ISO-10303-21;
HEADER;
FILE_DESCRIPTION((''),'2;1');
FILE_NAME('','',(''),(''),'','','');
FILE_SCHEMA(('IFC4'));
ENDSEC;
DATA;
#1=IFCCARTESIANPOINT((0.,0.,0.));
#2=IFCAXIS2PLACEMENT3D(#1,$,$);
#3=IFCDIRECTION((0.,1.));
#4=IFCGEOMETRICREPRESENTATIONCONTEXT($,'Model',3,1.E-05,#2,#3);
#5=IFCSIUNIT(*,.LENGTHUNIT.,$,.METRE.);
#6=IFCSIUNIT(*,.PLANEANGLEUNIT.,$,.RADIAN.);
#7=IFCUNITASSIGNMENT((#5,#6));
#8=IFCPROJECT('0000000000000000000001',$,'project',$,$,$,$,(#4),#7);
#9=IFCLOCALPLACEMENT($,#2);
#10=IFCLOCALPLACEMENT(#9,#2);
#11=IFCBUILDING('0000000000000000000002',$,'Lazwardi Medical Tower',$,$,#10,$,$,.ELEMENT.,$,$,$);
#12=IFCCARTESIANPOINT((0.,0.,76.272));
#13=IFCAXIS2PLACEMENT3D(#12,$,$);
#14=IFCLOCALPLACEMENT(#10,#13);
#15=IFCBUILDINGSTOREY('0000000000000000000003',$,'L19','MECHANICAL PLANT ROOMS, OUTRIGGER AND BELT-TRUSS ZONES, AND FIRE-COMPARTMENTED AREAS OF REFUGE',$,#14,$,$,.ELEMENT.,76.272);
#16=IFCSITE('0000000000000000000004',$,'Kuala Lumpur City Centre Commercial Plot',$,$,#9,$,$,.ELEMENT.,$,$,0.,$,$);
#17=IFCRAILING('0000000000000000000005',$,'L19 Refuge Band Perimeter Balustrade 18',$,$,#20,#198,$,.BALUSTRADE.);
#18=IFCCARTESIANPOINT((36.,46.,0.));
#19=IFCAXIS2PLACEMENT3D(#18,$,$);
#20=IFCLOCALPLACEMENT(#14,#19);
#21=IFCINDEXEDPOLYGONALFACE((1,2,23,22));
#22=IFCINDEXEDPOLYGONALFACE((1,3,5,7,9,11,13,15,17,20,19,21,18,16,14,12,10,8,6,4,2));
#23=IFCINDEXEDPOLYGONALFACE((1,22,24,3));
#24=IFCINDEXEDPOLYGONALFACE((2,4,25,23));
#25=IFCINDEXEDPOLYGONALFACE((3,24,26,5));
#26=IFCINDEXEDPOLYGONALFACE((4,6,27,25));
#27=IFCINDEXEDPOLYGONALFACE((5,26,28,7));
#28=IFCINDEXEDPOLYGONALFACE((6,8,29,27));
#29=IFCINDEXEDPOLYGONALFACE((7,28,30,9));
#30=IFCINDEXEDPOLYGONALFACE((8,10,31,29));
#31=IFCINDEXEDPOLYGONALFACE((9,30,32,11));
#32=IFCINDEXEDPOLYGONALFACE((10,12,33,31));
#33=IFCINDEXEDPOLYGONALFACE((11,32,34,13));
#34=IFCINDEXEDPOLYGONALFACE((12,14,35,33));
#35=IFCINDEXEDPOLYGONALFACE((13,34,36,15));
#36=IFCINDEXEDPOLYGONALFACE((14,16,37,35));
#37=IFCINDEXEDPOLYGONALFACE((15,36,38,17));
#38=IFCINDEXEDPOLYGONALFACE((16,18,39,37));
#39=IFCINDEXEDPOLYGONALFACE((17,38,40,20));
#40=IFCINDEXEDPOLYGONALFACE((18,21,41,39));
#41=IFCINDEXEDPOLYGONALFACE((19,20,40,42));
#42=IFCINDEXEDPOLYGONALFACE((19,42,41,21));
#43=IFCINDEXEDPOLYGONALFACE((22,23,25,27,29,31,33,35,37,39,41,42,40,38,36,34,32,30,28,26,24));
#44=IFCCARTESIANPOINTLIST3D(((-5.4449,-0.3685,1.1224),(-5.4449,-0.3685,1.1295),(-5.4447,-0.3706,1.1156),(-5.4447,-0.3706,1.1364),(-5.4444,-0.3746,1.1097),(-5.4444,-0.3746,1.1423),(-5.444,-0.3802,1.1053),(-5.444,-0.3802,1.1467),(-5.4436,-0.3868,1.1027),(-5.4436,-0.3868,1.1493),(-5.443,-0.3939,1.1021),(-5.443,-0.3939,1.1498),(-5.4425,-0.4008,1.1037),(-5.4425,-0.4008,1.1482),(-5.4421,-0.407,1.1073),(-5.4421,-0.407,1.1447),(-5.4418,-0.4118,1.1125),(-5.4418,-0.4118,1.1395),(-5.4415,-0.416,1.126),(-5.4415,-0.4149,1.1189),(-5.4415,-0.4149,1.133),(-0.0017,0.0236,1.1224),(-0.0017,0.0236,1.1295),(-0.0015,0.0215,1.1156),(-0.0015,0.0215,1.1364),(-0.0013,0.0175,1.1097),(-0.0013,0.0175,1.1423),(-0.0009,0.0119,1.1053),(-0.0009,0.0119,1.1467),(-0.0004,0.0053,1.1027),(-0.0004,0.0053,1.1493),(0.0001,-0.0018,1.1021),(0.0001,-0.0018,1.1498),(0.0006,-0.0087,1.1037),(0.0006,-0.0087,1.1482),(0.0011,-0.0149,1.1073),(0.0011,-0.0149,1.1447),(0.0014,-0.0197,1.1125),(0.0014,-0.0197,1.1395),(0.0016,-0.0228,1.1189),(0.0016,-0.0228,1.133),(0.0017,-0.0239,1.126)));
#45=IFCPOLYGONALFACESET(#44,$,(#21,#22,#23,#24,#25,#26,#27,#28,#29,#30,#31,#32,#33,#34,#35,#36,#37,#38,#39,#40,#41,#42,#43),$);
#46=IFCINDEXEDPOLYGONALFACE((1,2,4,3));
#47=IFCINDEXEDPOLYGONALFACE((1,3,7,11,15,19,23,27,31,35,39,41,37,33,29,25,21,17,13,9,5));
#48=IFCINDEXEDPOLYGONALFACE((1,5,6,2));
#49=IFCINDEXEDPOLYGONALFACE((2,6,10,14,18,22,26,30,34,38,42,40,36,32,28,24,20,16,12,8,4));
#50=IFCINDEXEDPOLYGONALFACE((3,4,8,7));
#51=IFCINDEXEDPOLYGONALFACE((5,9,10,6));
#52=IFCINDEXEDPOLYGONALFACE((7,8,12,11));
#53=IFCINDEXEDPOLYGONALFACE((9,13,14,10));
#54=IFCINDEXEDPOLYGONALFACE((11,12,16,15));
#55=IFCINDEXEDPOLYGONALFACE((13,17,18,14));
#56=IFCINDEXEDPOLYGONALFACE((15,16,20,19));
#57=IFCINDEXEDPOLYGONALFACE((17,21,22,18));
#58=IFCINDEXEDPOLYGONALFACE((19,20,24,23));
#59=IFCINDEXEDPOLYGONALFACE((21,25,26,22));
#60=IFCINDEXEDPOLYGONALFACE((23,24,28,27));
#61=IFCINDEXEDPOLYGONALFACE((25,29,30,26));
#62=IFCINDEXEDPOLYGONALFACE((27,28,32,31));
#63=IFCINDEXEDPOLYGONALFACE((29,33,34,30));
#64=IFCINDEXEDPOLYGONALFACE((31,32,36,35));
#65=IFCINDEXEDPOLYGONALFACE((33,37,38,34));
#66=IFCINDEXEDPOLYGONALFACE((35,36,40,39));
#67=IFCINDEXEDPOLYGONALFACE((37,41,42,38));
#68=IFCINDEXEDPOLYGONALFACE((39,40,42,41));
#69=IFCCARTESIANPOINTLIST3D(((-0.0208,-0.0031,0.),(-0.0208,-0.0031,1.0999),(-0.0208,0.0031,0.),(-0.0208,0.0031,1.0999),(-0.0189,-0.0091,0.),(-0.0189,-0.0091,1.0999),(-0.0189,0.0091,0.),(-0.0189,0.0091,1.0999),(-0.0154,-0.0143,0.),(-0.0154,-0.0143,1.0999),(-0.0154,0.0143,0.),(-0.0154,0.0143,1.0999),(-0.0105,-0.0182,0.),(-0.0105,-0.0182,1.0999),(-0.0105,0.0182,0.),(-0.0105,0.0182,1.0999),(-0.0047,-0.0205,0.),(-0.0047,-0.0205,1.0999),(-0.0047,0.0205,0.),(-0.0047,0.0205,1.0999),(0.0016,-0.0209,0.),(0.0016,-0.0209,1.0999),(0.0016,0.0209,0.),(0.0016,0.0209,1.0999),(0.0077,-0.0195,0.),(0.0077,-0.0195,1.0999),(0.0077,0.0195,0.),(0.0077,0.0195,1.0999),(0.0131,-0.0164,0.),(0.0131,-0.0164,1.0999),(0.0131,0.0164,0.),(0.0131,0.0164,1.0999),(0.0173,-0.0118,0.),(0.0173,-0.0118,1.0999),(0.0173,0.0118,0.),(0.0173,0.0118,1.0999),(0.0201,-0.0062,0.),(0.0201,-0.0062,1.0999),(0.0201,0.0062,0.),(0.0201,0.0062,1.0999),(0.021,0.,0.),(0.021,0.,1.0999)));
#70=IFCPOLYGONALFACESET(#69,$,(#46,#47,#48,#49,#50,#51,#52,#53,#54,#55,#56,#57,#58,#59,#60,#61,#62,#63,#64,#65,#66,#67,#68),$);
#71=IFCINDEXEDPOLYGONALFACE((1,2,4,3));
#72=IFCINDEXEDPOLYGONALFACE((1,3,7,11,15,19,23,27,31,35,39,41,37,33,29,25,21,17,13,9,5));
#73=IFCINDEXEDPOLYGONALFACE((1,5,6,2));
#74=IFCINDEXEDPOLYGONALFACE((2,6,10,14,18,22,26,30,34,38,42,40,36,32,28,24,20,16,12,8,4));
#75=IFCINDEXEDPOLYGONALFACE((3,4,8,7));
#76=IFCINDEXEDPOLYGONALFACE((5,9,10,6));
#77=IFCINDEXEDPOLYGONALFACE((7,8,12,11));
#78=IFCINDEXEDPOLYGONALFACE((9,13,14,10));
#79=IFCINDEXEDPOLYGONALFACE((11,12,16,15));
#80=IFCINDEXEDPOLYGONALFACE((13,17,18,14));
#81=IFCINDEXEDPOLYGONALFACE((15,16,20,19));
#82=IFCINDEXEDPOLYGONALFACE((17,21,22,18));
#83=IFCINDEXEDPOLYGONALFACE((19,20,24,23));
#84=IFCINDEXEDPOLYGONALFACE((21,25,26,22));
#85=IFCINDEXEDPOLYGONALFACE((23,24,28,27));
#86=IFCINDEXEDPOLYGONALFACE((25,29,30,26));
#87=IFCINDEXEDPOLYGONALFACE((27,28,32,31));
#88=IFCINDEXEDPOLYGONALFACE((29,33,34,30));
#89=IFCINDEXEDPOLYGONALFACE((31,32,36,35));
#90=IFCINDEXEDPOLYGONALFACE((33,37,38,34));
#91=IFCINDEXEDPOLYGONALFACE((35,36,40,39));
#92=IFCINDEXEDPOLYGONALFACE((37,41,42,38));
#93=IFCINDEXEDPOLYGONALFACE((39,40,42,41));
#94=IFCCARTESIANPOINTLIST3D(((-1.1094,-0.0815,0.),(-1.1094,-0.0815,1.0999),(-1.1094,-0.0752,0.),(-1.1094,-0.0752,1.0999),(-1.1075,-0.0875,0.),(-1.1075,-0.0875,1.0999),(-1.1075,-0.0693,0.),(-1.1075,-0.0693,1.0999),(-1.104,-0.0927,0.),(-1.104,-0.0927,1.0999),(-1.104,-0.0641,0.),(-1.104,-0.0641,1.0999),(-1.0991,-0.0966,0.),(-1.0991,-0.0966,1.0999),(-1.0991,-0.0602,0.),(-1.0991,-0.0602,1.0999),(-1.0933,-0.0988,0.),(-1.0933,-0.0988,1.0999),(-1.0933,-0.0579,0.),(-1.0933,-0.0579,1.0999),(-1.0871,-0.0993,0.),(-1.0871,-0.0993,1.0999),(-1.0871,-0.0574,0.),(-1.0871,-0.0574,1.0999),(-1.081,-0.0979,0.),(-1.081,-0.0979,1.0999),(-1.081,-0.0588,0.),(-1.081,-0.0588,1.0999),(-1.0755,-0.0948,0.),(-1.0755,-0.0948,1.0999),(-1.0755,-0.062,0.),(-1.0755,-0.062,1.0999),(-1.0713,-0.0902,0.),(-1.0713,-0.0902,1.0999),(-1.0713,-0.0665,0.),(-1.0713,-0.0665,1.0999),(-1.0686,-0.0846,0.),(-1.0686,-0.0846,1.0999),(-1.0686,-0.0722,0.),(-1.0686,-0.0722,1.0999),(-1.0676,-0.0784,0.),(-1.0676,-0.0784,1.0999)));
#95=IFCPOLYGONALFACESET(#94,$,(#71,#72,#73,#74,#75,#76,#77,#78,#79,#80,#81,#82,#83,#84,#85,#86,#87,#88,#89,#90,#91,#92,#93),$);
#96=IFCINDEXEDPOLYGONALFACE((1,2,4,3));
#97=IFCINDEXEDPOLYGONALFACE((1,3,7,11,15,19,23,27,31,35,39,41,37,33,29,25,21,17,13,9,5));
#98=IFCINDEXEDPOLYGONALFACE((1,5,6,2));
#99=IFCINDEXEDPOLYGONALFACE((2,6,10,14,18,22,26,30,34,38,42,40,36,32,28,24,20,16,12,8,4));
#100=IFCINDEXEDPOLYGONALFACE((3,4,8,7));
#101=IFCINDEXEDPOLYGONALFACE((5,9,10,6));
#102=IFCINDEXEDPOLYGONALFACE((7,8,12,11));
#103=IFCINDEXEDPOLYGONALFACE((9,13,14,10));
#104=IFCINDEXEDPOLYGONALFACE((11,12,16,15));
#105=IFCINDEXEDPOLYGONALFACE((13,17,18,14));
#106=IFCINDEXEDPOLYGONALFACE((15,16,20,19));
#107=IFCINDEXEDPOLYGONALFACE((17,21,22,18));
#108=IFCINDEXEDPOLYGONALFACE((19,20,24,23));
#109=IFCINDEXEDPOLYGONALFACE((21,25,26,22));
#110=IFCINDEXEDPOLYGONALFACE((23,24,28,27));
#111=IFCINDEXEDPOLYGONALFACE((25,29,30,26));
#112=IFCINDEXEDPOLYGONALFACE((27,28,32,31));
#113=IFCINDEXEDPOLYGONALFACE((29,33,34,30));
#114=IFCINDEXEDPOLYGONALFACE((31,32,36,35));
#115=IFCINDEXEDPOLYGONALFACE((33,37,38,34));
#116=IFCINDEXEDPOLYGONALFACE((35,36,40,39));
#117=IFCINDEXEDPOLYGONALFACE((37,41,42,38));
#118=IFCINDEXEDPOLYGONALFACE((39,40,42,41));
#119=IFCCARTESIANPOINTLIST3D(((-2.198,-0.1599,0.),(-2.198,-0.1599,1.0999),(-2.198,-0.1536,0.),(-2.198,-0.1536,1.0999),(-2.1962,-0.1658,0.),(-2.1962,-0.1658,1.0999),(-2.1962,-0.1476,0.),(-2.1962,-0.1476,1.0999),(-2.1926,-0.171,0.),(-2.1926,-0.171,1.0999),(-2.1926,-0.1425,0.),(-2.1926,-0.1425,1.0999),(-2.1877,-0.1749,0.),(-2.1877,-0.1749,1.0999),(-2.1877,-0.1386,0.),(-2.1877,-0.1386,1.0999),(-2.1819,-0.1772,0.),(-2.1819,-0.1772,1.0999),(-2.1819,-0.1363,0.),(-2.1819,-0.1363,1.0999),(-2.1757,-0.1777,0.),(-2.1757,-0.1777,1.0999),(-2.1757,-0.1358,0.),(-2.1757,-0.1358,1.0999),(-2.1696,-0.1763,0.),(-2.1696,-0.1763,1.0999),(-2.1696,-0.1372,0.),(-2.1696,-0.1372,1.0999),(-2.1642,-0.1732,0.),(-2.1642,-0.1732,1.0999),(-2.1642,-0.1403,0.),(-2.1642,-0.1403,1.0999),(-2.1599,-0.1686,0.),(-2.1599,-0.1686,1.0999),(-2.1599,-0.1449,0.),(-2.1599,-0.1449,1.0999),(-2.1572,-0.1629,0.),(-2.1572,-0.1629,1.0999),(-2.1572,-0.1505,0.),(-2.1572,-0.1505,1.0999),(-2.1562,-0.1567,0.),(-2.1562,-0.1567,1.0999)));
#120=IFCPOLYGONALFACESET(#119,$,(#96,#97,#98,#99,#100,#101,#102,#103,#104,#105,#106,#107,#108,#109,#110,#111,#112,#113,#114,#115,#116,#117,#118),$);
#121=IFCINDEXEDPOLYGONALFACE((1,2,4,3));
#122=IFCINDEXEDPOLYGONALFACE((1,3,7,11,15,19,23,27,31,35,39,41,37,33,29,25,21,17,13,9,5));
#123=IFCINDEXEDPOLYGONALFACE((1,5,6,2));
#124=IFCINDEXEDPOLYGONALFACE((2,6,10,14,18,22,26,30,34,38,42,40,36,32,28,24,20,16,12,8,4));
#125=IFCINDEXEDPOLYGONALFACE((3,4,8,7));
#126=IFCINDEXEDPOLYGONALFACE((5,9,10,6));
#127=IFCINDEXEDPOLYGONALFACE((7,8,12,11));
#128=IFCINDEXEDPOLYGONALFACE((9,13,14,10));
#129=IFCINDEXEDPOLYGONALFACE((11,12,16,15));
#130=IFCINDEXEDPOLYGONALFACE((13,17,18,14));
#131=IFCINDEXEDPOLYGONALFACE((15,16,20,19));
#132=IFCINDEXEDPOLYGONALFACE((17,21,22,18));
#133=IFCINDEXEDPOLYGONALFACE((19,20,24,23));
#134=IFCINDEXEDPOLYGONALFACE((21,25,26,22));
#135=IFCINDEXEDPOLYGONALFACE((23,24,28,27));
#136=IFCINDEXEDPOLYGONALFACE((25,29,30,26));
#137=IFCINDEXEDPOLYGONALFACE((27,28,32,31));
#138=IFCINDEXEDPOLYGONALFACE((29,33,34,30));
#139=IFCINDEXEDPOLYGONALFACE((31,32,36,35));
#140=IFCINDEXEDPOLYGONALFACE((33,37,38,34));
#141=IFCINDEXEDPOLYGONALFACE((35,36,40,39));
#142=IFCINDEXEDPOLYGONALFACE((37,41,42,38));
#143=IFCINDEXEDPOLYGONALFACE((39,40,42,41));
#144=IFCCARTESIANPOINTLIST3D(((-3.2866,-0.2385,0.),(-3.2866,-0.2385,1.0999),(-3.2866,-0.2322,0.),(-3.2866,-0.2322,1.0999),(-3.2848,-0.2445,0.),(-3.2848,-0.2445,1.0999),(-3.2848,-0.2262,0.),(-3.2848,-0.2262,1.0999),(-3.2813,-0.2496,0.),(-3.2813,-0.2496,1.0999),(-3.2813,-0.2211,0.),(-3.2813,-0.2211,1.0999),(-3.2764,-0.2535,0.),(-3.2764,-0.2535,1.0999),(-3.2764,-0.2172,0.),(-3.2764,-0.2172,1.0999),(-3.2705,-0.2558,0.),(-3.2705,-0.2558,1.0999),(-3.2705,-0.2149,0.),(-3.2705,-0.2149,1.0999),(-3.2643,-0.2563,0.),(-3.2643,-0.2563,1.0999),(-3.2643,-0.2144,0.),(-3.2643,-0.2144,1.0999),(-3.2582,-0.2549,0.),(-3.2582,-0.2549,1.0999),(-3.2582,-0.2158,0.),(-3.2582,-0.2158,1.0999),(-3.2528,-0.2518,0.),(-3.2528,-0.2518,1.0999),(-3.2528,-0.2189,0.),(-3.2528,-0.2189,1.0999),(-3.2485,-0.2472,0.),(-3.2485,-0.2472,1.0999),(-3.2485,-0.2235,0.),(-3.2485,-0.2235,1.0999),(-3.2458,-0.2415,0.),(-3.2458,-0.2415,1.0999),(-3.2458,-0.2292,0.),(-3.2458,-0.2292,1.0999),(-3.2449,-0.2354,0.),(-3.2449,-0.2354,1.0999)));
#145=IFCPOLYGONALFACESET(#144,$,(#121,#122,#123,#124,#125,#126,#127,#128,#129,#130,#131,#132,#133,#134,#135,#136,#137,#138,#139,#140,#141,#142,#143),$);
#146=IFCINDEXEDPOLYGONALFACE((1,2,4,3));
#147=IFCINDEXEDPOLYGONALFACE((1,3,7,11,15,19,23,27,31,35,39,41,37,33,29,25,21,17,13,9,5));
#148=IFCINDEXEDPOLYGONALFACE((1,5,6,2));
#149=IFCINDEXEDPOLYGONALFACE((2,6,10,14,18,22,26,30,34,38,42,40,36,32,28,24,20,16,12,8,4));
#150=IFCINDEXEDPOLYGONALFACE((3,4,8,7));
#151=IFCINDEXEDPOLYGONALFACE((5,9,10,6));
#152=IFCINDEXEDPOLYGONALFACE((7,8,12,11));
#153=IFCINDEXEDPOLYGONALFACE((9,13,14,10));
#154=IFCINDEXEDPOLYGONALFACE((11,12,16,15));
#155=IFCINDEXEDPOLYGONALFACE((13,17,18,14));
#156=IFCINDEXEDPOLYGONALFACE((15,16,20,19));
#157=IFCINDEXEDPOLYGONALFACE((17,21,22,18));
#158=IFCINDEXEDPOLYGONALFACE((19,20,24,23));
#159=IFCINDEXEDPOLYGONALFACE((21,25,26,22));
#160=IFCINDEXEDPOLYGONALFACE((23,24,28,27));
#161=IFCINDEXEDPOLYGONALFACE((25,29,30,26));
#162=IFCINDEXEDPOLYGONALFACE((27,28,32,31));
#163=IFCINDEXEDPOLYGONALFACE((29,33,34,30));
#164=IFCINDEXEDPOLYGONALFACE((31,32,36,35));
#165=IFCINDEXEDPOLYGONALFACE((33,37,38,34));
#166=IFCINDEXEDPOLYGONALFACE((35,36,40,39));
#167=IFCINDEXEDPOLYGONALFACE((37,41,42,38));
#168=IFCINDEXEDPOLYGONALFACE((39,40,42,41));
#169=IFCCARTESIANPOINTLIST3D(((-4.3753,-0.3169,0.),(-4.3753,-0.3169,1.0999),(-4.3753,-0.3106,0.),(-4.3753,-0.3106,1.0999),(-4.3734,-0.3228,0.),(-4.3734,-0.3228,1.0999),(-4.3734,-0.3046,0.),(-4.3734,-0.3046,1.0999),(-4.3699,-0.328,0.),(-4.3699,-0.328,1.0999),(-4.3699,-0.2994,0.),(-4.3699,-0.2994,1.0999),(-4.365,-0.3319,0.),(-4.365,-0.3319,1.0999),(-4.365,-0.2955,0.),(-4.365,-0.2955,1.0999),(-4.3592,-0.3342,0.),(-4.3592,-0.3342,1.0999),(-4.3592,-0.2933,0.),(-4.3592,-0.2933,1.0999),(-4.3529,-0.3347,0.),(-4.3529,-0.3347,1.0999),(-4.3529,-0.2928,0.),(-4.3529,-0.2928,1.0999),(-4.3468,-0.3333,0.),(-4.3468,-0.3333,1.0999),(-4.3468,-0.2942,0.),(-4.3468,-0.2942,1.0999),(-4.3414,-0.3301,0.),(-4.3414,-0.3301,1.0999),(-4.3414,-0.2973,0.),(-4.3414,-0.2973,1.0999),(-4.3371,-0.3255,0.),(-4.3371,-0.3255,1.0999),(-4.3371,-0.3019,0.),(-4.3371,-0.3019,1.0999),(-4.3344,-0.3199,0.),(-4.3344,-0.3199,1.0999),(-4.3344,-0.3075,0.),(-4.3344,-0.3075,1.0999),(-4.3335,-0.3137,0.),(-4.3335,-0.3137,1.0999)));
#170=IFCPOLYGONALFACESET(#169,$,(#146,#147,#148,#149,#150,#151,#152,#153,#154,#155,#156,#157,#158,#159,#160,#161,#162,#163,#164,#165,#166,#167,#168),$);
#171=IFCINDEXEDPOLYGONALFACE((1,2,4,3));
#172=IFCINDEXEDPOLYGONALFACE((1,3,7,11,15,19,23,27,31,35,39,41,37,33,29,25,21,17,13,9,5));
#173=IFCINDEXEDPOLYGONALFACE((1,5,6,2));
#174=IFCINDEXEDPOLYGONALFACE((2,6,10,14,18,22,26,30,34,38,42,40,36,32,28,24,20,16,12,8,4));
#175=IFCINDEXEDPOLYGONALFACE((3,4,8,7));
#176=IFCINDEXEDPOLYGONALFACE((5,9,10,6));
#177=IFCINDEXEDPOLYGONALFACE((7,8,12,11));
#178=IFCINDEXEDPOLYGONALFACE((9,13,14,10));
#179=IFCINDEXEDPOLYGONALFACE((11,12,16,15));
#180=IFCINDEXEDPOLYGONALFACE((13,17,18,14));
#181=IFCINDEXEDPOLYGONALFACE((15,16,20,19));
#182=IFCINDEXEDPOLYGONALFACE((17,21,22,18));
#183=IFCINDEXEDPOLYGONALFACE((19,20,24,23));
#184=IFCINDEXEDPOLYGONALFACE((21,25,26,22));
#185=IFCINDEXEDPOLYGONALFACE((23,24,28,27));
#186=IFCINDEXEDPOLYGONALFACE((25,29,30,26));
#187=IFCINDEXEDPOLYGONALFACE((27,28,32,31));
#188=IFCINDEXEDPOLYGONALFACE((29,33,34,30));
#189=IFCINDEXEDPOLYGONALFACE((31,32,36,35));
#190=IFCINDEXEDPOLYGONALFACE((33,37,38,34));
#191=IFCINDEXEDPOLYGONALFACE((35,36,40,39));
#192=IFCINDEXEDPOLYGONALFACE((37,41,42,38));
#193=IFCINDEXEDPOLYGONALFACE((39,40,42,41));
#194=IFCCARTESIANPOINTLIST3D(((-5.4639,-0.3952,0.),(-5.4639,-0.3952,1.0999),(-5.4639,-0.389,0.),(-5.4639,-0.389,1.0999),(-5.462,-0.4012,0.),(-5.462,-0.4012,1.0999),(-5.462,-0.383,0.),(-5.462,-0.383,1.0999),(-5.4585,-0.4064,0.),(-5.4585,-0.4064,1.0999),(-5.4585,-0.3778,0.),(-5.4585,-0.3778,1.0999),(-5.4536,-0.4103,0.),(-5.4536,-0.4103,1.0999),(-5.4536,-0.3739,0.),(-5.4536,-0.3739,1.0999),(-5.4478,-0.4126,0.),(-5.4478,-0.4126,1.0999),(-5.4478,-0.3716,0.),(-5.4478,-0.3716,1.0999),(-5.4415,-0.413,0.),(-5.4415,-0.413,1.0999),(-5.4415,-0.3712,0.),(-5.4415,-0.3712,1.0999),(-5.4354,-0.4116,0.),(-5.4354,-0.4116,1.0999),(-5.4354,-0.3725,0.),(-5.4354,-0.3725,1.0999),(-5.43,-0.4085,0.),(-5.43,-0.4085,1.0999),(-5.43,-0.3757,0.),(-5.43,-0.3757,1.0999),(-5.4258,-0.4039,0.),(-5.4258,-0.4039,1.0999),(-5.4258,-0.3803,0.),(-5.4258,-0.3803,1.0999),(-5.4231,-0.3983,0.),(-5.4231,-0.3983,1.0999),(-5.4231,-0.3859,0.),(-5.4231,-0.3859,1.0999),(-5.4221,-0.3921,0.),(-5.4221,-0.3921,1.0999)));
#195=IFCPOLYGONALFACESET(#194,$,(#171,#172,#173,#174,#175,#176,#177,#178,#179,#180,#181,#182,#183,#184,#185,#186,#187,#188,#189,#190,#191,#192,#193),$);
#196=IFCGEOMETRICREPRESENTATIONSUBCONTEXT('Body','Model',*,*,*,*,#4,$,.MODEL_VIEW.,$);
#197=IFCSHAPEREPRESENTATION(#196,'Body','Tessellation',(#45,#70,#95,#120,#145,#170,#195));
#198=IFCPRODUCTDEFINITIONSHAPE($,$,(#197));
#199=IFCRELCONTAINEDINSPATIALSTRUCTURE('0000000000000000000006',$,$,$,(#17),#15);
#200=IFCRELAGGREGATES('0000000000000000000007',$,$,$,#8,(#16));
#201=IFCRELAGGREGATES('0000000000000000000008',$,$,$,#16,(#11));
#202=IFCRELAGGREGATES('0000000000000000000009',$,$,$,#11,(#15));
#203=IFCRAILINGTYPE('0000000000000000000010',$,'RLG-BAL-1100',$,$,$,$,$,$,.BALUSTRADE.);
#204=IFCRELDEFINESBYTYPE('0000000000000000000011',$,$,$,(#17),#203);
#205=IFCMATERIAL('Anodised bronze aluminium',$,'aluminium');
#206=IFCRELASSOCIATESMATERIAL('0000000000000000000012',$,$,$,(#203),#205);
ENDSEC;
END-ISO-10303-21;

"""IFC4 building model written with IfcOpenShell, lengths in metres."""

from ifc_helpers import new_model, si_unit, direction, frame, origin, origin_2d, place, context, subcontext, project, spatial, circle, extrude, material, type_object, element, save


model = new_model("IFC4")

# Units and contexts
model_context = context("Model", 3, precision=1e-05, world=origin(), true_north=direction((0.0, 1.0)))
body_context = subcontext(model_context, "Body", "Model", "MODEL_VIEW")
ifc_project = project(units=[si_unit("LENGTHUNIT", "METRE"), si_unit("PLANEANGLEUNIT", "RADIAN")], contexts=[model_context])

# Site, building, storey
site_placement = place(None, origin())
site = spatial("IfcSite", under=ifc_project, at=site_placement, Name="Kuala Lumpur City Centre Commercial Plot", CompositionType="ELEMENT", RefElevation=0.0)
building_placement = place(site_placement, origin())
building = spatial("IfcBuilding", under=site, at=building_placement, Name="Lazwardi Medical Tower", CompositionType="ELEMENT")
storey_placement = place(building_placement, frame((0.0, 0.0, 76.272)))
storey = spatial("IfcBuildingStorey", under=building, at=storey_placement, Name="L19", Description="MECHANICAL PLANT ROOMS, OUTRIGGER AND BELT-TRUSS ZONES, AND FIRE-COMPARTMENTED AREAS OF REFUGE", CompositionType="ELEMENT", Elevation=76.272)

# Railing
ifc_material_1 = material(Name="Anodised bronze aluminium", Category="aluminium")
railing_type = type_object("IfcRailingType", Name="RLG-BAL-1100", PredefinedType="BALUSTRADE", material=ifc_material_1)
railing_1_placement = place(storey_placement, frame((36.0, 46.0, 0.0)))
element("IfcRailing", 1, at=railing_1_placement, inside=storey, type_object=railing_type, Name="L19 Refuge Band Perimeter Balustrade 18", PredefinedType="BALUSTRADE", context=body_context, shape_type="SweptSolid", body=[
    extrude(circle(Radius=0.0239, at=origin_2d()), frame((0.0, 0.0, 1.126), z_axis=(-0.997416, -0.071848, 0.0), x_axis=(0.071848, -0.997416, 0.0)), (0.0, 0.0, 1.0), 5.4573),
    extrude(circle(Radius=0.021, at=origin_2d()), origin(), (0.0, 0.0, 1.0), 1.0999),
    extrude(circle(Radius=0.021, at=origin_2d()), frame((-1.0886, -0.0784, 0.0)), (0.0, 0.0, 1.0), 1.0999),
    extrude(circle(Radius=0.021, at=origin_2d()), frame((-2.1772, -0.1567, 0.0)), (0.0, 0.0, 1.0), 1.0999),
    extrude(circle(Radius=0.021, at=origin_2d()), frame((-3.2659, -0.2354, 0.0)), (0.0, 0.0, 1.0), 1.0999),
    extrude(circle(Radius=0.021, at=origin_2d()), frame((-4.3545, -0.3137, 0.0)), (0.0, 0.0, 1.0), 1.0999),
    extrude(circle(Radius=0.021, at=origin_2d()), frame((-5.4431, -0.3921, 0.0)), (0.0, 0.0, 1.0), 1.0999),
])

save(model, "model.ifc")
